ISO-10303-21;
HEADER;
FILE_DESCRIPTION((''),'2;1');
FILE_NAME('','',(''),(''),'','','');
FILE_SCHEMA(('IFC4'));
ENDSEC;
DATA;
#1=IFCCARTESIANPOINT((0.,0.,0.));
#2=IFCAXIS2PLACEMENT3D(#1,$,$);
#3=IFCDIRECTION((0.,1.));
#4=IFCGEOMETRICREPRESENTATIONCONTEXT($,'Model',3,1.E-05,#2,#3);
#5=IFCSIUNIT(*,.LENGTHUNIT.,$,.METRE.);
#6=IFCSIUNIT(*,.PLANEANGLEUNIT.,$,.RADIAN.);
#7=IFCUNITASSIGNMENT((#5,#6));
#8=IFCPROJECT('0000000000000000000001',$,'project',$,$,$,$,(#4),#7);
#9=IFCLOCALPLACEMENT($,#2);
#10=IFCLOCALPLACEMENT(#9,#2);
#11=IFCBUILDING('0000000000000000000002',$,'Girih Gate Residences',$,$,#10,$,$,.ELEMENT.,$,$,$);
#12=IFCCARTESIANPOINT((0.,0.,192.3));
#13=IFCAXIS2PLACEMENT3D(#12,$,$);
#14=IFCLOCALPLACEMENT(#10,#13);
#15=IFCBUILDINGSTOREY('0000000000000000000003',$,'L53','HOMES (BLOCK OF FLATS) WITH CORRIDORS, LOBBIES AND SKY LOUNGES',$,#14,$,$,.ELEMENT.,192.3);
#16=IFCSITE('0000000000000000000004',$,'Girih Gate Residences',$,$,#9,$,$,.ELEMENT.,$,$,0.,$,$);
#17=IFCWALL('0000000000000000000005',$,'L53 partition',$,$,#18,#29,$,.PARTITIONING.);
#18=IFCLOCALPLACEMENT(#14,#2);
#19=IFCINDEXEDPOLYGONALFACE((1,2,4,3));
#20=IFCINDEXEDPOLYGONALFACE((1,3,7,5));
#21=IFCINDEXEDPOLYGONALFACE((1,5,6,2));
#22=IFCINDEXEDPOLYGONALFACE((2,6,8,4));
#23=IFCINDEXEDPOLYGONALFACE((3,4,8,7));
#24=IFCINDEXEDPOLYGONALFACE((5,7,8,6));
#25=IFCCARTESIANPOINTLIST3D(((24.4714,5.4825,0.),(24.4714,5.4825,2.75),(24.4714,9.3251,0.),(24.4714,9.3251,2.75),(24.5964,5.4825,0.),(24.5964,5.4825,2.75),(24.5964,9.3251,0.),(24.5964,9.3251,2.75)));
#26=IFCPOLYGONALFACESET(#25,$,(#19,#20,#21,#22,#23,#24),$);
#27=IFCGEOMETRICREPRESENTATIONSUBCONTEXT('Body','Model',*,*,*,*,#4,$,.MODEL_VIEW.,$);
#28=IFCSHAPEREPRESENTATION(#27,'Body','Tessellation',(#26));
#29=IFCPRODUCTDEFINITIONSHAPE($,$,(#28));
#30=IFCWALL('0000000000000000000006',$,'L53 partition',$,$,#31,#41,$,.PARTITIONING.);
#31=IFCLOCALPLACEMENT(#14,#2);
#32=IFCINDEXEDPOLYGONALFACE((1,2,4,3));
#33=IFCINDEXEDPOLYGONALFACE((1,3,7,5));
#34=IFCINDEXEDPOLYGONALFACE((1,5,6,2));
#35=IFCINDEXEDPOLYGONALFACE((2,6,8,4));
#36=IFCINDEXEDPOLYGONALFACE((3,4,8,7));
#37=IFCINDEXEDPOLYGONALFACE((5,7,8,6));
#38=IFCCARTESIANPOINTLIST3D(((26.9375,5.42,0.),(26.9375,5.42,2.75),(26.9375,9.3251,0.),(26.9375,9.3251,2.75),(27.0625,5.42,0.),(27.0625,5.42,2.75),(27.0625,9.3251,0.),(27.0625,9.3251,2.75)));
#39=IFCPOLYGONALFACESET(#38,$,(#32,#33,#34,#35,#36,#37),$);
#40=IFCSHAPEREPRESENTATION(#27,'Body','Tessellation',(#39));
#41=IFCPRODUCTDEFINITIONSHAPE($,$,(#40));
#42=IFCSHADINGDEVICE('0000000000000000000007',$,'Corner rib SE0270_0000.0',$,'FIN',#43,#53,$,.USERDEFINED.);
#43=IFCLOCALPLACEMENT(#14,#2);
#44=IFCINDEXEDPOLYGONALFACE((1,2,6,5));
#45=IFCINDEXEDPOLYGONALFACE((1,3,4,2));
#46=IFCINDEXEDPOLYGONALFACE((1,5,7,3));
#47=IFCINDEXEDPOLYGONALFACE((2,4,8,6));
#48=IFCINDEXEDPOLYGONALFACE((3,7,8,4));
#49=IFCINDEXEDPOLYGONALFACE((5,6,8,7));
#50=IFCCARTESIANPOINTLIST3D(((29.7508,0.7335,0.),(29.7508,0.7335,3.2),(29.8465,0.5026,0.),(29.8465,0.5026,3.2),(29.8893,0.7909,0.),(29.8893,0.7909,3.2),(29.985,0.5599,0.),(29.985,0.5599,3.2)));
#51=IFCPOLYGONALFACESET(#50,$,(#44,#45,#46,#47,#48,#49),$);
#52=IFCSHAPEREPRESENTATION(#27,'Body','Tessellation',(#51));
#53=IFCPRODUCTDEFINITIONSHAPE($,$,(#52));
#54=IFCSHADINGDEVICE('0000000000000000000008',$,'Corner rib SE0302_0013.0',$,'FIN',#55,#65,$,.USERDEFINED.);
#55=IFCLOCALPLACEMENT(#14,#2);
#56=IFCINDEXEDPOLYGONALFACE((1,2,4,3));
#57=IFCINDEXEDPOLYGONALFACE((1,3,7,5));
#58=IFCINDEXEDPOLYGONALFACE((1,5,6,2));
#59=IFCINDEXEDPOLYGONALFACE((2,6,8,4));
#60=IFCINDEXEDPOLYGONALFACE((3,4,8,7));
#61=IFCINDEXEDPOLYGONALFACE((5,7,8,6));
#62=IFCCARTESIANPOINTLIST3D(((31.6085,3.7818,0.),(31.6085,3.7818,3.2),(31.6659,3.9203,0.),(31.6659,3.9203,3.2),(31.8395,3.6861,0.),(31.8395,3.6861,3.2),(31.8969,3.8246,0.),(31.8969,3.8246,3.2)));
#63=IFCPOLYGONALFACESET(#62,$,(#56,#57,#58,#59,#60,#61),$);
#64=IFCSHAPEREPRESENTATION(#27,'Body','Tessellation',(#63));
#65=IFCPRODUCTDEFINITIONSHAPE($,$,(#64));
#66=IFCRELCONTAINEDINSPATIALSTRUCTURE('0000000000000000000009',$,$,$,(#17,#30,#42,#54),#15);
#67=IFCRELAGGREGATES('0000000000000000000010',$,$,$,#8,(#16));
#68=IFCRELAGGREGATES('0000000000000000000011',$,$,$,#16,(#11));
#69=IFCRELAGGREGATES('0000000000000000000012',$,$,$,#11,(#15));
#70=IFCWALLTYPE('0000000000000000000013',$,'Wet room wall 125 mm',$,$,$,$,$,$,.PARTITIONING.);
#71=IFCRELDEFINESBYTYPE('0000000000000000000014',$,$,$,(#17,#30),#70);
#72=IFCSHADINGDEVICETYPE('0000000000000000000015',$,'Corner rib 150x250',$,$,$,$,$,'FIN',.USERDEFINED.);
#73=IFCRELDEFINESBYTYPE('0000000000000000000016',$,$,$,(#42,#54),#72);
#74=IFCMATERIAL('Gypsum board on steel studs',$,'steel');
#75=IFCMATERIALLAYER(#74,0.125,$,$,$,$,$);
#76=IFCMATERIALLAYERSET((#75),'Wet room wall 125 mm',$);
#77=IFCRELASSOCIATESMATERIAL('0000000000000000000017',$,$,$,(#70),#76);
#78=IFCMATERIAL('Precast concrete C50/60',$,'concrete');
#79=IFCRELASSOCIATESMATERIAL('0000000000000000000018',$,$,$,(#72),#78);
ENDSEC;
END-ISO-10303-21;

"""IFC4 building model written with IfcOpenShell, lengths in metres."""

from ifc_helpers import new_model, si_unit, direction, frame, frame_2d, origin, origin_2d, place, context, subcontext, project, spatial, rectangle, extrude, material, layer, layer_set, type_object, element, save


model = new_model("IFC4")

# Units and contexts
model_context = context("Model", 3, precision=1e-05, world=origin(), true_north=direction((0.0, 1.0)))
body_context = subcontext(model_context, "Body", "Model", "MODEL_VIEW")
ifc_project = project(units=[si_unit("LENGTHUNIT", "METRE"), si_unit("PLANEANGLEUNIT", "RADIAN")], contexts=[model_context])

# Site, building, storey
site_placement = place(None, origin())
site = spatial("IfcSite", under=ifc_project, at=site_placement, Name="Girih Gate Residences", CompositionType="ELEMENT", RefElevation=0.0)
building_placement = place(site_placement, origin())
building = spatial("IfcBuilding", under=site, at=building_placement, Name="Girih Gate Residences", CompositionType="ELEMENT")
storey_placement = place(building_placement, frame((0.0, 0.0, 192.3)))
storey = spatial("IfcBuildingStorey", under=building, at=storey_placement, Name="L53", Description="HOMES (BLOCK OF FLATS) WITH CORRIDORS, LOBBIES AND SKY LOUNGES", CompositionType="ELEMENT", Elevation=192.3)

# Shared definitions
ifc_material_1 = material(Name="Gypsum board on steel studs", Category="steel")

# Shared definitions
ifc_material_2 = material(Name="Precast concrete C50/60", Category="concrete")

# Shared definitions
ifc_layer_1 = layer(ifc_material_1, 0.125)
ifc_layer_set_1 = layer_set([ifc_layer_1], Name="Wet room wall 125 mm")
wall_type_1 = type_object("IfcWallType", Name="Wet room wall 125 mm", PredefinedType="PARTITIONING", material=ifc_layer_set_1)

# Walls
wall_1_placement = place(storey_placement, frame((24.5339, 5.4824, 0.0), z_axis=(0.0, 0.0, 1.0), x_axis=(0.0, 1.0, 0.0)))
element("IfcWall", 1, at=wall_1_placement, inside=storey, type_object=wall_type_1, Name="L53 partition", PredefinedType="PARTITIONING", context=body_context, shape_type="SweptSolid", body=[
    extrude(rectangle(XDim=3.8425, YDim=0.125, at=frame_2d((1.9214, 0.0))), origin(), (0.0, 0.0, 1.0), 2.75),
])
wall_2_placement = place(storey_placement, frame((27.0, 5.4199, 0.0), z_axis=(0.0, 0.0, 1.0), x_axis=(0.0, 1.0, 0.0)))
element("IfcWall", 2, at=wall_2_placement, inside=storey, type_object=wall_type_1, Name="L53 partition", PredefinedType="PARTITIONING", context=body_context, shape_type="SweptSolid", body=[
    extrude(rectangle(XDim=3.905, YDim=0.125, at=frame_2d((1.9526, 0.0))), origin(), (0.0, 0.0, 1.0), 2.75),
])

# Shading devices
shading_device_type = type_object("IfcShadingDeviceType", Name="Corner rib 150x250", ElementType="FIN", PredefinedType="USERDEFINED", material=ifc_material_2)
for number, where, z_axis, x_axis, name in (
    (3, (29.8679, 0.6467, 0.0), (0.0, 0.0, 1.0), (0.92388, 0.382683, 0.0), "Corner rib SE0270_0000.0"),
    (4, (31.7527, 3.8032, 0.0), (0.0, 0.0, 1.0), (0.382683, 0.92388, 0.0), "Corner rib SE0302_0013.0"),
):
    element("IfcShadingDevice", number, at=place(storey_placement, frame(where, z_axis=z_axis, x_axis=x_axis)), inside=storey, type_object=shading_device_type, Name=name, ObjectType="FIN", PredefinedType="USERDEFINED", context=body_context, shape_type="SweptSolid", body=[
        extrude(rectangle(XDim=0.1499, YDim=0.25, at=origin_2d()), origin(), (0.0, 0.0, 1.0), 3.2),
    ])

save(model, "model.ifc")
